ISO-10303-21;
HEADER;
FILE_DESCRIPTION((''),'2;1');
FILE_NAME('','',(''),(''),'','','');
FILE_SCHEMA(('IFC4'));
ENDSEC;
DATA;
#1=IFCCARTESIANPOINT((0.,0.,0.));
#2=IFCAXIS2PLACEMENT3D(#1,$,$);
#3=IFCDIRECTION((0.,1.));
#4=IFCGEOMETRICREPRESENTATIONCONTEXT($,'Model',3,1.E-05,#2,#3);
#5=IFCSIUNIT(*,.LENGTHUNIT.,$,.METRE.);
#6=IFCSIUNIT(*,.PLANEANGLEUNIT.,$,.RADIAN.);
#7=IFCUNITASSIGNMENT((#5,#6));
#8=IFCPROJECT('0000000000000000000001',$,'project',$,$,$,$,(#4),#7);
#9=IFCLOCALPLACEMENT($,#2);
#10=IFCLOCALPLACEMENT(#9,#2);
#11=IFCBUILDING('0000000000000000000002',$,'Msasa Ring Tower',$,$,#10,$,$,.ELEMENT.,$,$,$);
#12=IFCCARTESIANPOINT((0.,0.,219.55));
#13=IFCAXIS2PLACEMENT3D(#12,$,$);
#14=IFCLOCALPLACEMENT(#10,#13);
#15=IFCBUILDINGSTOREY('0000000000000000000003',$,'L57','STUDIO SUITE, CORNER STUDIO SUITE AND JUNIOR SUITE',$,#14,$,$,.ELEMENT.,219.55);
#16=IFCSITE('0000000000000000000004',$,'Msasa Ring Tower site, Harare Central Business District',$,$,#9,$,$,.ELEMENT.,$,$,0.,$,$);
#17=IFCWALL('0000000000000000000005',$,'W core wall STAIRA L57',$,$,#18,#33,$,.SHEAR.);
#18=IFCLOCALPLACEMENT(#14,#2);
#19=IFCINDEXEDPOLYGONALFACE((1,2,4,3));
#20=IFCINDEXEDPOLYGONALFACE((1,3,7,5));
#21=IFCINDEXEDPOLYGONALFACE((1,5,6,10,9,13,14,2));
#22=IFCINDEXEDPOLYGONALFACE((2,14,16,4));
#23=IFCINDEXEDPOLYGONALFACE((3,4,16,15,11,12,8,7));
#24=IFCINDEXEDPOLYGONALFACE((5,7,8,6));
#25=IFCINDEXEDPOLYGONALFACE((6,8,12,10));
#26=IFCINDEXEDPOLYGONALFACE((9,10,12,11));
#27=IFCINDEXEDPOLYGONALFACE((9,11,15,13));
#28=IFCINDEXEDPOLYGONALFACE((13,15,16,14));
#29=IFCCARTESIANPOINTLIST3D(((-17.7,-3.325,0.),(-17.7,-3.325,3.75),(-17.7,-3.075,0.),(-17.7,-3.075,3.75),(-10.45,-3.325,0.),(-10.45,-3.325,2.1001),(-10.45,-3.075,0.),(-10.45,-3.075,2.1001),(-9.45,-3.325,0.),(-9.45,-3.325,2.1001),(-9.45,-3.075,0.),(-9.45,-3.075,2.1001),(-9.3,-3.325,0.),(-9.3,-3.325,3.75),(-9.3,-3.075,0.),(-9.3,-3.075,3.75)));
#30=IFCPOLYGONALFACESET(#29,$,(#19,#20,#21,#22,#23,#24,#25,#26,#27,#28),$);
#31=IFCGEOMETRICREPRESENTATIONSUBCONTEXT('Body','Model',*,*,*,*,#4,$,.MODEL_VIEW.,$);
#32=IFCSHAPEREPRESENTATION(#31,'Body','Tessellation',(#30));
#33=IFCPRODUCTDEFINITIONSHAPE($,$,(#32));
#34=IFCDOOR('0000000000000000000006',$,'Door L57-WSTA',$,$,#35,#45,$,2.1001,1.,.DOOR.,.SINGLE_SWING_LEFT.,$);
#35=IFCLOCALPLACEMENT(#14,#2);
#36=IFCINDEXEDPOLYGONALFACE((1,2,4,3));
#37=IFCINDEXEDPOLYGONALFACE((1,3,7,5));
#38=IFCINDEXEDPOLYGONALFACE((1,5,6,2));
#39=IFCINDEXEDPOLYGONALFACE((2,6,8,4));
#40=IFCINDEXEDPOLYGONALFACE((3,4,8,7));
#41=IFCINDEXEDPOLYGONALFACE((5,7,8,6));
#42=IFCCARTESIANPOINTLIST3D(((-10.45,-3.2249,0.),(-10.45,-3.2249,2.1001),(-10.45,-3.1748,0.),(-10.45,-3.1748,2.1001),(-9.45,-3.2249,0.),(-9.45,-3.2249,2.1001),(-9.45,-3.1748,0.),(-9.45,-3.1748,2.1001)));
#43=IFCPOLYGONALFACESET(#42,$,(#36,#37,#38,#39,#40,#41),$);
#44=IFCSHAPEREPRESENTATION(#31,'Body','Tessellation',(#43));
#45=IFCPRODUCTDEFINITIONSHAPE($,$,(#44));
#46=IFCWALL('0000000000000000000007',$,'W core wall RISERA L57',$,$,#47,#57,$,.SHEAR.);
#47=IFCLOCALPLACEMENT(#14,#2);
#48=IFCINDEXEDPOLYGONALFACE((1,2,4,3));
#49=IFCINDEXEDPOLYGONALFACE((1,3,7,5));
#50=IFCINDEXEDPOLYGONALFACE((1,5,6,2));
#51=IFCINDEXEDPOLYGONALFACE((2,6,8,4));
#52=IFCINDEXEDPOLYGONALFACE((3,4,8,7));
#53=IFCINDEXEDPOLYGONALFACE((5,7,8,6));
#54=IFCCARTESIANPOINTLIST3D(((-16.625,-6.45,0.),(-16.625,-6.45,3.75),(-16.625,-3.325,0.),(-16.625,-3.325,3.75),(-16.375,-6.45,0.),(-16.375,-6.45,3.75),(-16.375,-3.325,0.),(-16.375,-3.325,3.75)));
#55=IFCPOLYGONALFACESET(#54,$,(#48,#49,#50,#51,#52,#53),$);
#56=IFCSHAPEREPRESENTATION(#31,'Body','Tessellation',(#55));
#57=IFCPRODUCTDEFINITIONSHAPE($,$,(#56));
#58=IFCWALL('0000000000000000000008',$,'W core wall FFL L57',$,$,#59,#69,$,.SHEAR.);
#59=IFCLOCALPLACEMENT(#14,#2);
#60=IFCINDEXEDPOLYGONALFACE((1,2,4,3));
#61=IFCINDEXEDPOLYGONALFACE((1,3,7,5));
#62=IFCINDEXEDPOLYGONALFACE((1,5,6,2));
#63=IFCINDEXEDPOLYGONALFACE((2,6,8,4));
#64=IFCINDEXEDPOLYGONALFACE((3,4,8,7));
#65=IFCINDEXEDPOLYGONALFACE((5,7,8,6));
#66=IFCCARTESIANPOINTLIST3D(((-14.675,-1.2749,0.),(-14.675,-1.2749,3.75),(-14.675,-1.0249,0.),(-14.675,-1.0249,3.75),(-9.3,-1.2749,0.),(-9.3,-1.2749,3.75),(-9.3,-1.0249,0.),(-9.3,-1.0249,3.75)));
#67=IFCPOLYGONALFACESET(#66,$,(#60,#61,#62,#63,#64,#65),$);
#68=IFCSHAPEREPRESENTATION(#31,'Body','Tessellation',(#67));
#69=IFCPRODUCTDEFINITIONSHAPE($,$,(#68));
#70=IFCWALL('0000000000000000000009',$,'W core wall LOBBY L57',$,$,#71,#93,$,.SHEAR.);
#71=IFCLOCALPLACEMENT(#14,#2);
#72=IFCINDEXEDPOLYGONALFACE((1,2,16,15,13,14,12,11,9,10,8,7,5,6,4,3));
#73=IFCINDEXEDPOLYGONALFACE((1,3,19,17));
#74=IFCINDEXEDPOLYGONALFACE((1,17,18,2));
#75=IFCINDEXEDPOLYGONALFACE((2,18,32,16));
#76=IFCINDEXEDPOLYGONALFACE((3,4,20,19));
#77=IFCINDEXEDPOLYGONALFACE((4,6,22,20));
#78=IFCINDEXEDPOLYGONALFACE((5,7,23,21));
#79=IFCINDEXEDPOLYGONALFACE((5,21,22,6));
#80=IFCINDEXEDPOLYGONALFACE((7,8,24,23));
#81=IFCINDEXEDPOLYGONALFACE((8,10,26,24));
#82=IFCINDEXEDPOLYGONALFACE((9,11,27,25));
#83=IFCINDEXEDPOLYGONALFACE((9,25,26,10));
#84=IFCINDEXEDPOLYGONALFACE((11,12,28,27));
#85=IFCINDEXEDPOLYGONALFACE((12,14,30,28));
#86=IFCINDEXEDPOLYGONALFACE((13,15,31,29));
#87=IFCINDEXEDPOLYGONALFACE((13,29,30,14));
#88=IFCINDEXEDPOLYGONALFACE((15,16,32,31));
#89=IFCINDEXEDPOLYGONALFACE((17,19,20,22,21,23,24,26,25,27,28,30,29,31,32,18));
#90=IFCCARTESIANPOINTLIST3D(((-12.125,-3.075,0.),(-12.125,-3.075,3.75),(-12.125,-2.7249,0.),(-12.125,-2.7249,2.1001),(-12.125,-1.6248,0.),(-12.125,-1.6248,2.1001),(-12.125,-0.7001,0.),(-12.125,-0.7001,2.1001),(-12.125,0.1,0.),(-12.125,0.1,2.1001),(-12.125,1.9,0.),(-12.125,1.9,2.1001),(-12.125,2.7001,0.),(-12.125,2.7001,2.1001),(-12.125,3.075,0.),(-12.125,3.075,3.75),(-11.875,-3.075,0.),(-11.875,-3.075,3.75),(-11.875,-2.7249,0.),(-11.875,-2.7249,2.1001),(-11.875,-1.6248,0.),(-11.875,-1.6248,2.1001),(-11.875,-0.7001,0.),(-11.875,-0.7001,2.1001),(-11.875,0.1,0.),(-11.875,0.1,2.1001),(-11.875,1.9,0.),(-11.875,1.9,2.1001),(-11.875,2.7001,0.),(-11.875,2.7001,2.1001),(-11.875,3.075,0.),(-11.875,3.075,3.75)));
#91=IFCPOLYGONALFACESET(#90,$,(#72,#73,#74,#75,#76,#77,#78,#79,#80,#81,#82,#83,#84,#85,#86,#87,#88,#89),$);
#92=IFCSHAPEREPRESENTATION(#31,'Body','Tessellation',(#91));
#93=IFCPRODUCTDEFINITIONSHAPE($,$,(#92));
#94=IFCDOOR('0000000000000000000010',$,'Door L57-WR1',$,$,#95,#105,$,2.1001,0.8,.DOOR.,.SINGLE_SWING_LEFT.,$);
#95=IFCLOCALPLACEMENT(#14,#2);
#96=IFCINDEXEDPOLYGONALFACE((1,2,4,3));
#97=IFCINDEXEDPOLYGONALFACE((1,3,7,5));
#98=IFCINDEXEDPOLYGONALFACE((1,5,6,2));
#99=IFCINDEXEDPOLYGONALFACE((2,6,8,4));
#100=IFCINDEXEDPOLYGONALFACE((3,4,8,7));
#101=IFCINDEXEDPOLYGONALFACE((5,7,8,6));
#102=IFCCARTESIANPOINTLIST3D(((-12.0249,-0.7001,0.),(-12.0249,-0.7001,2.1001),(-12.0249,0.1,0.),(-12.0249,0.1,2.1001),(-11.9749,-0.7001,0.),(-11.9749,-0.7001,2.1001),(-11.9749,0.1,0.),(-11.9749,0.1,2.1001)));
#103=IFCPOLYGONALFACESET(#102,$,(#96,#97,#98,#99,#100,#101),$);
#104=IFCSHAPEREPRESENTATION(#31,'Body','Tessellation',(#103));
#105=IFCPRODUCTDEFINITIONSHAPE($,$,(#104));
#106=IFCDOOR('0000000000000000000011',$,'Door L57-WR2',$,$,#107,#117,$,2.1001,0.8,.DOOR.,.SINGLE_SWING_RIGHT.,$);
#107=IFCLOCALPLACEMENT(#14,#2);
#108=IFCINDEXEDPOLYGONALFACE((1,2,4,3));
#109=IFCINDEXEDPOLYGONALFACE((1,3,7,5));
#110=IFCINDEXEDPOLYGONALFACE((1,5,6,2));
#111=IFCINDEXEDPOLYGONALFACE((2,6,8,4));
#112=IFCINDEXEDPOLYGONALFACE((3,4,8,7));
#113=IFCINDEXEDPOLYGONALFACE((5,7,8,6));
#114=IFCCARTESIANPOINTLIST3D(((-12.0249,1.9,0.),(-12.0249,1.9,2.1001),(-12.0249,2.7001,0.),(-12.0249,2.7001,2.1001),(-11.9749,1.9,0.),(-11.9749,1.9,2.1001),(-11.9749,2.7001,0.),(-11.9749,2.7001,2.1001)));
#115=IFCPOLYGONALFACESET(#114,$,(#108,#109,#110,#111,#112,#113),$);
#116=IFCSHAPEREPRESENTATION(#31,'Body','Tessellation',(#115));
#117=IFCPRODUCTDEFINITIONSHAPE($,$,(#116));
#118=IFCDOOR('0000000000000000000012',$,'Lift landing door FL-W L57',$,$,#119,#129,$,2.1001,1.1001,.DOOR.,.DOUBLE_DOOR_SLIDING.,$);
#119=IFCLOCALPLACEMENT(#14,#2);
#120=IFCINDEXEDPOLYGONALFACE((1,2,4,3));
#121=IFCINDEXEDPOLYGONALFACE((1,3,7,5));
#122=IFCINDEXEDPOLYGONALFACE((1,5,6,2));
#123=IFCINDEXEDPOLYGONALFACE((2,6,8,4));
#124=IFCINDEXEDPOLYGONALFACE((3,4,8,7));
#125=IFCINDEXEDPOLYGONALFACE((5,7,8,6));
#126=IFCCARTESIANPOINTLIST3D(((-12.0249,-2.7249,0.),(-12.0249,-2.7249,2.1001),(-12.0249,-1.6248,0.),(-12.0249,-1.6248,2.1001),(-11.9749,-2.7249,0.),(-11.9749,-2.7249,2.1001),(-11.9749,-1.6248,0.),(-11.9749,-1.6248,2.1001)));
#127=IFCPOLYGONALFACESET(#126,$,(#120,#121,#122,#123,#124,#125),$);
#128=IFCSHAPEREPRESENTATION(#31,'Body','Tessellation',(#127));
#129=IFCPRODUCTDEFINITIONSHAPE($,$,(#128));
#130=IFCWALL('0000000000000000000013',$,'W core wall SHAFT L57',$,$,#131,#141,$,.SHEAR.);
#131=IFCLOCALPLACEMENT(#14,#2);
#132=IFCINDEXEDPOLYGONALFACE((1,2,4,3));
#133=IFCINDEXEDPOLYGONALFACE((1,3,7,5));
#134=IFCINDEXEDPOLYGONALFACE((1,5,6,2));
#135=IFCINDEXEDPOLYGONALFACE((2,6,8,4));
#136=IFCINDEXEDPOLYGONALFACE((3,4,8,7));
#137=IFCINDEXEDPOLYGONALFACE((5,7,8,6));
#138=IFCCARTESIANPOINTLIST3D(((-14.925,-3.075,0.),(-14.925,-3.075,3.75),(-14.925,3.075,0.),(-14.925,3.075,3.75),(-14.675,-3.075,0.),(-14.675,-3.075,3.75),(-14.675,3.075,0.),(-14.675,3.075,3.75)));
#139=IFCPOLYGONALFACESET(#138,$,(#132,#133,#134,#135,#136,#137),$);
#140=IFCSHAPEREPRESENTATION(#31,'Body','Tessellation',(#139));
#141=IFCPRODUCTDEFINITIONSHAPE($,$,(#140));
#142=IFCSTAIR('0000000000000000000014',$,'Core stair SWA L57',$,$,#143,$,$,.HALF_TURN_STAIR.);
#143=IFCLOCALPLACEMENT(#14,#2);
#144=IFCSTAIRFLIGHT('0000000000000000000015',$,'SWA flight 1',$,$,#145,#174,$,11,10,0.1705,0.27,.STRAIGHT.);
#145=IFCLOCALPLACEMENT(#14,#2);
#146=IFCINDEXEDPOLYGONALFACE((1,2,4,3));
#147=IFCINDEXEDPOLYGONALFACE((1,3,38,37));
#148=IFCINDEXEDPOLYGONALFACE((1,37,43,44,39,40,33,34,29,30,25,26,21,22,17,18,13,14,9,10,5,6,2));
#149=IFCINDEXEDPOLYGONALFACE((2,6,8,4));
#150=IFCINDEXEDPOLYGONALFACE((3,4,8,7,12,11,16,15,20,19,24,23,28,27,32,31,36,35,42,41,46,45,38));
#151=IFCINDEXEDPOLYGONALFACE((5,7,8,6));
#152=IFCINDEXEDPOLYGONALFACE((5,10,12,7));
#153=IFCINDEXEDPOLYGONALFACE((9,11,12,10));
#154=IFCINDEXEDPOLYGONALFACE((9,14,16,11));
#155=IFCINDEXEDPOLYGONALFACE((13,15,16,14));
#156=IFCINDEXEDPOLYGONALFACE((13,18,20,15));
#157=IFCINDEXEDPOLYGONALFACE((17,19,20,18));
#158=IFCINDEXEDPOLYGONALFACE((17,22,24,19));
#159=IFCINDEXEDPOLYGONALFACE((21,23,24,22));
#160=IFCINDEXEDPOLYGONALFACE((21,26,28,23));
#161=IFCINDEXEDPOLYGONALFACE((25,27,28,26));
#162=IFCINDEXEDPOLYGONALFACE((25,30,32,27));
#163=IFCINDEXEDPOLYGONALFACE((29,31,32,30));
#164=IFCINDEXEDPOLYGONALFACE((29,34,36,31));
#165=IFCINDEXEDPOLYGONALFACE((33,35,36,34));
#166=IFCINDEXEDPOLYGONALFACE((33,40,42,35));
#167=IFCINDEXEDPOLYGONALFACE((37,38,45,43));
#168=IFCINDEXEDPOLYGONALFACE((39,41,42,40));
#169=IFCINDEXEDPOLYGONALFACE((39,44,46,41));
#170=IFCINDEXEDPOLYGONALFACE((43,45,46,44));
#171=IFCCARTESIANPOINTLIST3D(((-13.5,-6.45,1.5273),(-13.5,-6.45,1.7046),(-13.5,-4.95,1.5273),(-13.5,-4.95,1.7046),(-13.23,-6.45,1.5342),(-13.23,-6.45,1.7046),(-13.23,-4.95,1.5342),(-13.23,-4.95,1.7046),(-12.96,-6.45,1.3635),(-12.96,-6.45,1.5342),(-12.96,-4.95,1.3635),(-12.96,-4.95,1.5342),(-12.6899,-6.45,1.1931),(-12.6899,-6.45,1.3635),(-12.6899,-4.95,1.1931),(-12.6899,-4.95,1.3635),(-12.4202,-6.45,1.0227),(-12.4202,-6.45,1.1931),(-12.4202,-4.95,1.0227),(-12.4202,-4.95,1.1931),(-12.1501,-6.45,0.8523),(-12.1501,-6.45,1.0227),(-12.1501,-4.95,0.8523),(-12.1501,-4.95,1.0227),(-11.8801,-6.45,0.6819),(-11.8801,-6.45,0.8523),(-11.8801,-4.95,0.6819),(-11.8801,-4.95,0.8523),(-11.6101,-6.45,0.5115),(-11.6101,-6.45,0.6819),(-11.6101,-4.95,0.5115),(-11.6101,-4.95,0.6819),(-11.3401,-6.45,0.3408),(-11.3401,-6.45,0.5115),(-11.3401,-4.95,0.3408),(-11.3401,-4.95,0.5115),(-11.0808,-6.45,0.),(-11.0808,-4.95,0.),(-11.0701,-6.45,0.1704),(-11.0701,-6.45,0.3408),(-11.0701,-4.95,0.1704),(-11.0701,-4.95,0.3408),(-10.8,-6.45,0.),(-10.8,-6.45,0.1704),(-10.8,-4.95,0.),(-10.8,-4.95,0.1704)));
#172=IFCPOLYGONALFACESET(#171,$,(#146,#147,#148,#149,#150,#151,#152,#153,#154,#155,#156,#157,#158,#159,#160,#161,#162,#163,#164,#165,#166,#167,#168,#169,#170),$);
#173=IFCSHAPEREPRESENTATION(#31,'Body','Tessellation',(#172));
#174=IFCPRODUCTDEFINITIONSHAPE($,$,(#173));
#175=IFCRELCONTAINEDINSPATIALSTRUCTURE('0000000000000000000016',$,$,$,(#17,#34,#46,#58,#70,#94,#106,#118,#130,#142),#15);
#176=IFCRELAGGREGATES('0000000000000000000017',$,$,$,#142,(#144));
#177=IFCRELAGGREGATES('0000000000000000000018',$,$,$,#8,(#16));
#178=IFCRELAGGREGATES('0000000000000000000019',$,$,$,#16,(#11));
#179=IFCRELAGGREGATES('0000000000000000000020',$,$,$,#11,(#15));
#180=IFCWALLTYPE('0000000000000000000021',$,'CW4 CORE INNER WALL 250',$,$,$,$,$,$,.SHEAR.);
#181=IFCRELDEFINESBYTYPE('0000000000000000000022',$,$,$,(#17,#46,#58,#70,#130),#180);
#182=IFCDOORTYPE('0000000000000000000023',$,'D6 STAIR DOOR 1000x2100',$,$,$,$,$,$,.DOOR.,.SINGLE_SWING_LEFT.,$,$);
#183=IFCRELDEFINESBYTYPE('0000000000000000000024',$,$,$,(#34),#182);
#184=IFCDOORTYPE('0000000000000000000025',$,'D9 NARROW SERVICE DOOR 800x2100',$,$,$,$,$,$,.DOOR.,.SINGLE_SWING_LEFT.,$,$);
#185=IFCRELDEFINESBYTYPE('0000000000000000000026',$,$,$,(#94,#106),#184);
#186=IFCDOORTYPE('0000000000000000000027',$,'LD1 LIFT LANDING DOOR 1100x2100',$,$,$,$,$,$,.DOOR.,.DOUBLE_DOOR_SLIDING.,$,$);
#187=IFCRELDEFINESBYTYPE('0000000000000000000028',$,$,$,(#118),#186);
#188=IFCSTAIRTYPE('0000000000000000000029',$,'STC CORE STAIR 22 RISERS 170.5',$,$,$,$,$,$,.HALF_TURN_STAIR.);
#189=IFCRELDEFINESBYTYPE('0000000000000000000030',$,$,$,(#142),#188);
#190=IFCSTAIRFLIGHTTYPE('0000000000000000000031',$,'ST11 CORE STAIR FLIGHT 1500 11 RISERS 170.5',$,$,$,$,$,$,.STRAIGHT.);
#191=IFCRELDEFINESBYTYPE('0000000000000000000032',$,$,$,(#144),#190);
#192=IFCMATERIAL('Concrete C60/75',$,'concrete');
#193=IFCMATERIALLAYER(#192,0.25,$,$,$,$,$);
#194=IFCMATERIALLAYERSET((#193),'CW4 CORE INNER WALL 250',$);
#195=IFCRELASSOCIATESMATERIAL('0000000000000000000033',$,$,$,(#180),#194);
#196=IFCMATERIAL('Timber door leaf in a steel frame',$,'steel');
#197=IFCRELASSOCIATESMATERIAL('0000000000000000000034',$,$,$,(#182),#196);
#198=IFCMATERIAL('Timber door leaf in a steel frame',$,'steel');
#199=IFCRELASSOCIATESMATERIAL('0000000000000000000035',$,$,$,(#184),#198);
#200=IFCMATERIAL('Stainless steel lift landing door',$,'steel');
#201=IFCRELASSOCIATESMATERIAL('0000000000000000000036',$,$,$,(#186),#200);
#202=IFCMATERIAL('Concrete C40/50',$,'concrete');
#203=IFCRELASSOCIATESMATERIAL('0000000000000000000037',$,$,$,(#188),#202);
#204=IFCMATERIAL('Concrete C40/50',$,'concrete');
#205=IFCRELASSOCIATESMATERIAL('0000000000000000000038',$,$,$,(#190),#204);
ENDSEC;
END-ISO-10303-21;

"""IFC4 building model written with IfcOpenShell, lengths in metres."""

from ifc_helpers import new_model, si_unit, direction, frame, frame_2d, origin, place, context, subcontext, project, spatial, polyline, rectangle, outline, extrude, material, layer, layer_set, type_object, element, fill, aggregate, save


model = new_model("IFC4")

# Units and contexts
model_context = context("Model", 3, precision=1e-05, world=origin(), true_north=direction((0.0, 1.0)))
body_context = subcontext(model_context, "Body", "Model", "MODEL_VIEW")
ifc_project = project(units=[si_unit("LENGTHUNIT", "METRE"), si_unit("PLANEANGLEUNIT", "RADIAN")], contexts=[model_context])

# Site, building, storey
site_placement = place(None, origin())
site = spatial("IfcSite", under=ifc_project, at=site_placement, Name="Msasa Ring Tower site, Harare Central Business District", CompositionType="ELEMENT", RefElevation=0.0)
building_placement = place(site_placement, origin())
building = spatial("IfcBuilding", under=site, at=building_placement, Name="Msasa Ring Tower", CompositionType="ELEMENT")
storey_placement = place(building_placement, frame((0.0, 0.0, 219.55)))
storey = spatial("IfcBuildingStorey", under=building, at=storey_placement, Name="L57", Description="STUDIO SUITE, CORNER STUDIO SUITE AND JUNIOR SUITE", CompositionType="ELEMENT", Elevation=219.55)

# Wall, opening, door
ifc_material_1 = material(Name="Concrete C60/75", Category="concrete")
ifc_layer = layer(ifc_material_1, 0.25)
ifc_layer_set = layer_set([ifc_layer], Name="CW4 CORE INNER WALL 250")
wall_type = type_object("IfcWallType", Name="CW4 CORE INNER WALL 250", PredefinedType="SHEAR", material=ifc_layer_set)
wall_1_placement = place(storey_placement, frame((-9.3, -3.2, 0.0), z_axis=(0.0, 0.0, 1.0), x_axis=(-1.0, 0.0, 0.0)))
wall_1 = element("IfcWall", 1, at=wall_1_placement, inside=storey, type_object=wall_type, Name="W core wall STAIRA L57", PredefinedType="SHEAR", context=body_context, shape_type="SweptSolid", body=[
    extrude(rectangle(XDim=8.3999, YDim=0.25, at=frame_2d((4.2, 0.0))), origin(), (0.0, 0.0, 1.0), 3.75),
])
opening_1_placement = place(wall_1_placement, frame((0.1499, 0.0, 0.0)))
opening_1 = element("IfcOpeningElement", 2, at=opening_1_placement, cuts=wall_1, PredefinedType="OPENING", context=body_context, shape_type="SweptSolid", body=[
    extrude(rectangle(XDim=1.0, YDim=2.1001, at=frame_2d((0.5, 1.05))), frame((0.0, 0.135, 0.0), z_axis=(0.0, -1.0, 0.0), x_axis=(1.0, 0.0, 0.0)), (0.0, 0.0, 1.0), 0.27),
])
ifc_material_2 = material(Name="Timber door leaf in a steel frame", Category="steel")
door_type_1 = type_object("IfcDoorType", Name="D6 STAIR DOOR 1000x2100", OperationType="SINGLE_SWING_LEFT", PredefinedType="DOOR", material=ifc_material_2)
door_1_placement = place(opening_1_placement, origin())
door_1 = element("IfcDoor", 3, at=door_1_placement, inside=storey, type_object=door_type_1, Name="Door L57-WSTA", OperationType="SINGLE_SWING_LEFT", OverallHeight=2.1001, OverallWidth=1.0, PredefinedType="DOOR", context=body_context, shape_type="SweptSolid", body=[
    extrude(rectangle(XDim=1.0, YDim=2.1001, at=frame_2d((0.5, 1.05))), frame((0.0, 0.0249, 0.0), z_axis=(0.0, -1.0, 0.0), x_axis=(1.0, 0.0, 0.0)), (0.0, 0.0, 1.0), 0.05),
])
fill(opening_1, door_1)

# Walls
wall_2_placement = place(storey_placement, frame((-16.5, -6.45, 0.0), z_axis=(0.0, 0.0, 1.0), x_axis=(0.0, 1.0, 0.0)))
element("IfcWall", 4, at=wall_2_placement, inside=storey, type_object=wall_type, Name="W core wall RISERA L57", PredefinedType="SHEAR", context=body_context, shape_type="SweptSolid", body=[
    extrude(rectangle(XDim=3.125, YDim=0.25, at=frame_2d((1.5625, 0.0))), origin(), (0.0, 0.0, 1.0), 3.75),
])
wall_3_placement = place(storey_placement, frame((-9.3, -1.1499, 0.0), z_axis=(0.0, 0.0, 1.0), x_axis=(-1.0, 0.0, 0.0)))
element("IfcWall", 5, at=wall_3_placement, inside=storey, type_object=wall_type, Name="W core wall FFL L57", PredefinedType="SHEAR", context=body_context, shape_type="SweptSolid", body=[
    extrude(rectangle(XDim=5.375, YDim=0.25, at=frame_2d((2.6875, 0.0))), origin(), (0.0, 0.0, 1.0), 3.75),
])

# Wall, openings, doors
wall_4_placement = place(storey_placement, frame((-12.0, -3.075, 0.0), z_axis=(0.0, 0.0, 1.0), x_axis=(0.0, 1.0, 0.0)))
wall_4 = element("IfcWall", 6, at=wall_4_placement, inside=storey, type_object=wall_type, Name="W core wall LOBBY L57", PredefinedType="SHEAR", context=body_context, shape_type="SweptSolid", body=[
    extrude(rectangle(XDim=6.1499, YDim=0.25, at=frame_2d((3.075, 0.0))), origin(), (0.0, 0.0, 1.0), 3.75),
])
opening_2_placement = place(wall_4_placement, frame((2.375, 0.0, 0.0)))
opening_2 = element("IfcOpeningElement", 7, at=opening_2_placement, cuts=wall_4, PredefinedType="OPENING", context=body_context, shape_type="SweptSolid", body=[
    extrude(rectangle(XDim=0.8, YDim=2.1001, at=frame_2d((0.3999, 1.05))), frame((0.0, 0.135, 0.0), z_axis=(0.0, -1.0, 0.0), x_axis=(1.0, 0.0, 0.0)), (0.0, 0.0, 1.0), 0.27),
])
opening_3_placement = place(wall_4_placement, frame((4.9751, 0.0, 0.0)))
opening_3 = element("IfcOpeningElement", 8, at=opening_3_placement, cuts=wall_4, PredefinedType="OPENING", context=body_context, shape_type="SweptSolid", body=[
    extrude(rectangle(XDim=0.8, YDim=2.1001, at=frame_2d((0.3999, 1.05))), frame((0.0, 0.135, 0.0), z_axis=(0.0, -1.0, 0.0), x_axis=(1.0, 0.0, 0.0)), (0.0, 0.0, 1.0), 0.27),
])
opening_4_placement = place(wall_4_placement, frame((0.3501, 0.0, 0.0)))
opening_4 = element("IfcOpeningElement", 9, at=opening_4_placement, cuts=wall_4, PredefinedType="OPENING", context=body_context, shape_type="SweptSolid", body=[
    extrude(rectangle(XDim=1.1001, YDim=2.1001, at=frame_2d((0.55, 1.05))), frame((0.0, 0.135, 0.0), z_axis=(0.0, -1.0, 0.0), x_axis=(1.0, 0.0, 0.0)), (0.0, 0.0, 1.0), 0.27),
])
ifc_material_3 = material(Name="Timber door leaf in a steel frame", Category="steel")
door_type_2 = type_object("IfcDoorType", Name="D9 NARROW SERVICE DOOR 800x2100", OperationType="SINGLE_SWING_LEFT", PredefinedType="DOOR", material=ifc_material_3)
door_2_placement = place(opening_2_placement, origin())
door_2 = element("IfcDoor", 10, at=door_2_placement, inside=storey, type_object=door_type_2, Name="Door L57-WR1", OperationType="SINGLE_SWING_LEFT", OverallHeight=2.1001, OverallWidth=0.8, PredefinedType="DOOR", context=body_context, shape_type="SweptSolid", body=[
    extrude(rectangle(XDim=0.8, YDim=2.1001, at=frame_2d((0.3999, 1.05))), frame((0.0, 0.0249, 0.0), z_axis=(0.0, -1.0, 0.0), x_axis=(1.0, 0.0, 0.0)), (0.0, 0.0, 1.0), 0.05),
])
fill(opening_2, door_2)
door_3_placement = place(opening_3_placement, origin())
door_3 = element("IfcDoor", 11, at=door_3_placement, inside=storey, type_object=door_type_2, Name="Door L57-WR2", OperationType="SINGLE_SWING_RIGHT", OverallHeight=2.1001, OverallWidth=0.8, PredefinedType="DOOR", context=body_context, shape_type="SweptSolid", body=[
    extrude(rectangle(XDim=0.8, YDim=2.1001, at=frame_2d((0.3999, 1.05))), frame((0.0, 0.0249, 0.0), z_axis=(0.0, -1.0, 0.0), x_axis=(1.0, 0.0, 0.0)), (0.0, 0.0, 1.0), 0.05),
])
fill(opening_3, door_3)
ifc_material_4 = material(Name="Stainless steel lift landing door", Category="steel")
door_type_3 = type_object("IfcDoorType", Name="LD1 LIFT LANDING DOOR 1100x2100", OperationType="DOUBLE_DOOR_SLIDING", PredefinedType="DOOR", material=ifc_material_4)
door_4_placement = place(opening_4_placement, origin())
door_4 = element("IfcDoor", 12, at=door_4_placement, inside=storey, type_object=door_type_3, Name="Lift landing door FL-W L57", OperationType="DOUBLE_DOOR_SLIDING", OverallHeight=2.1001, OverallWidth=1.1001, PredefinedType="DOOR", context=body_context, shape_type="SweptSolid", body=[
    extrude(rectangle(XDim=1.1001, YDim=2.1001, at=frame_2d((0.55, 1.05))), frame((0.0, 0.0249, 0.0), z_axis=(0.0, -1.0, 0.0), x_axis=(1.0, 0.0, 0.0)), (0.0, 0.0, 1.0), 0.05),
])
fill(opening_4, door_4)

# Wall
wall_5_placement = place(storey_placement, frame((-14.8, -3.075, 0.0), z_axis=(0.0, 0.0, 1.0), x_axis=(0.0, 1.0, 0.0)))
element("IfcWall", 13, at=wall_5_placement, inside=storey, type_object=wall_type, Name="W core wall SHAFT L57", PredefinedType="SHEAR", context=body_context, shape_type="SweptSolid", body=[
    extrude(rectangle(XDim=6.1499, YDim=0.25, at=frame_2d((3.075, 0.0))), origin(), (0.0, 0.0, 1.0), 3.75),
])

# Stair, stair flight
ifc_material_5 = material(Name="Concrete C40/50", Category="concrete")
stair_type = type_object("IfcStairType", Name="STC CORE STAIR 22 RISERS 170.5", PredefinedType="HALF_TURN_STAIR", material=ifc_material_5)
stair_placement = place(storey_placement, origin())
stair = element("IfcStair", 14, at=stair_placement, inside=storey, type_object=stair_type, Name="Core stair SWA L57", PredefinedType="HALF_TURN_STAIR")
ifc_material_6 = material(Name="Concrete C40/50", Category="concrete")
stair_flight_type = type_object("IfcStairFlightType", Name="ST11 CORE STAIR FLIGHT 1500 11 RISERS 170.5", PredefinedType="STRAIGHT", material=ifc_material_6)
stair_flight_1_placement = place(storey_placement, frame((-10.8, -5.7, 0.0), z_axis=(0.0, 0.0, 1.0), x_axis=(-1.0, 0.0, 0.0)))
stair_flight_1 = element("IfcStairFlight", 15, at=stair_flight_1_placement, type_object=stair_flight_type, Name="SWA flight 1", NumberOfRisers=11, NumberOfTreads=10, PredefinedType="STRAIGHT", RiserHeight=0.1705, TreadLength=0.27, context=body_context, shape_type="SweptSolid", body=[
    extrude(outline(polyline([(0.0, 0.0), (0.0, 0.1704), (0.27, 0.1704), (0.27, 0.3408), (0.54, 0.3408), (0.54, 0.5115), (0.8101, 0.5115), (0.8101, 0.6819), (1.0801, 0.6819), (1.0801, 0.8523), (1.3501, 0.8523), (1.3501, 1.0227), (1.6201, 1.0227), (1.6201, 1.1931), (1.8899, 1.1931), (1.8899, 1.3635), (2.1599, 1.3635), (2.1599, 1.5342), (2.4299, 1.5342), (2.4299, 1.7046), (2.7, 1.7046), (2.7, 1.875), (2.7, 1.5273), (0.2808, 0.0), (0.0, 0.0)])), frame((0.0, 0.75, 0.0), z_axis=(0.0, -1.0, 0.0), x_axis=(1.0, 0.0, 0.0)), (0.0, 0.0, 1.0), 1.5),
])
aggregate(stair, [stair_flight_1])

save(model, "model.ifc")
